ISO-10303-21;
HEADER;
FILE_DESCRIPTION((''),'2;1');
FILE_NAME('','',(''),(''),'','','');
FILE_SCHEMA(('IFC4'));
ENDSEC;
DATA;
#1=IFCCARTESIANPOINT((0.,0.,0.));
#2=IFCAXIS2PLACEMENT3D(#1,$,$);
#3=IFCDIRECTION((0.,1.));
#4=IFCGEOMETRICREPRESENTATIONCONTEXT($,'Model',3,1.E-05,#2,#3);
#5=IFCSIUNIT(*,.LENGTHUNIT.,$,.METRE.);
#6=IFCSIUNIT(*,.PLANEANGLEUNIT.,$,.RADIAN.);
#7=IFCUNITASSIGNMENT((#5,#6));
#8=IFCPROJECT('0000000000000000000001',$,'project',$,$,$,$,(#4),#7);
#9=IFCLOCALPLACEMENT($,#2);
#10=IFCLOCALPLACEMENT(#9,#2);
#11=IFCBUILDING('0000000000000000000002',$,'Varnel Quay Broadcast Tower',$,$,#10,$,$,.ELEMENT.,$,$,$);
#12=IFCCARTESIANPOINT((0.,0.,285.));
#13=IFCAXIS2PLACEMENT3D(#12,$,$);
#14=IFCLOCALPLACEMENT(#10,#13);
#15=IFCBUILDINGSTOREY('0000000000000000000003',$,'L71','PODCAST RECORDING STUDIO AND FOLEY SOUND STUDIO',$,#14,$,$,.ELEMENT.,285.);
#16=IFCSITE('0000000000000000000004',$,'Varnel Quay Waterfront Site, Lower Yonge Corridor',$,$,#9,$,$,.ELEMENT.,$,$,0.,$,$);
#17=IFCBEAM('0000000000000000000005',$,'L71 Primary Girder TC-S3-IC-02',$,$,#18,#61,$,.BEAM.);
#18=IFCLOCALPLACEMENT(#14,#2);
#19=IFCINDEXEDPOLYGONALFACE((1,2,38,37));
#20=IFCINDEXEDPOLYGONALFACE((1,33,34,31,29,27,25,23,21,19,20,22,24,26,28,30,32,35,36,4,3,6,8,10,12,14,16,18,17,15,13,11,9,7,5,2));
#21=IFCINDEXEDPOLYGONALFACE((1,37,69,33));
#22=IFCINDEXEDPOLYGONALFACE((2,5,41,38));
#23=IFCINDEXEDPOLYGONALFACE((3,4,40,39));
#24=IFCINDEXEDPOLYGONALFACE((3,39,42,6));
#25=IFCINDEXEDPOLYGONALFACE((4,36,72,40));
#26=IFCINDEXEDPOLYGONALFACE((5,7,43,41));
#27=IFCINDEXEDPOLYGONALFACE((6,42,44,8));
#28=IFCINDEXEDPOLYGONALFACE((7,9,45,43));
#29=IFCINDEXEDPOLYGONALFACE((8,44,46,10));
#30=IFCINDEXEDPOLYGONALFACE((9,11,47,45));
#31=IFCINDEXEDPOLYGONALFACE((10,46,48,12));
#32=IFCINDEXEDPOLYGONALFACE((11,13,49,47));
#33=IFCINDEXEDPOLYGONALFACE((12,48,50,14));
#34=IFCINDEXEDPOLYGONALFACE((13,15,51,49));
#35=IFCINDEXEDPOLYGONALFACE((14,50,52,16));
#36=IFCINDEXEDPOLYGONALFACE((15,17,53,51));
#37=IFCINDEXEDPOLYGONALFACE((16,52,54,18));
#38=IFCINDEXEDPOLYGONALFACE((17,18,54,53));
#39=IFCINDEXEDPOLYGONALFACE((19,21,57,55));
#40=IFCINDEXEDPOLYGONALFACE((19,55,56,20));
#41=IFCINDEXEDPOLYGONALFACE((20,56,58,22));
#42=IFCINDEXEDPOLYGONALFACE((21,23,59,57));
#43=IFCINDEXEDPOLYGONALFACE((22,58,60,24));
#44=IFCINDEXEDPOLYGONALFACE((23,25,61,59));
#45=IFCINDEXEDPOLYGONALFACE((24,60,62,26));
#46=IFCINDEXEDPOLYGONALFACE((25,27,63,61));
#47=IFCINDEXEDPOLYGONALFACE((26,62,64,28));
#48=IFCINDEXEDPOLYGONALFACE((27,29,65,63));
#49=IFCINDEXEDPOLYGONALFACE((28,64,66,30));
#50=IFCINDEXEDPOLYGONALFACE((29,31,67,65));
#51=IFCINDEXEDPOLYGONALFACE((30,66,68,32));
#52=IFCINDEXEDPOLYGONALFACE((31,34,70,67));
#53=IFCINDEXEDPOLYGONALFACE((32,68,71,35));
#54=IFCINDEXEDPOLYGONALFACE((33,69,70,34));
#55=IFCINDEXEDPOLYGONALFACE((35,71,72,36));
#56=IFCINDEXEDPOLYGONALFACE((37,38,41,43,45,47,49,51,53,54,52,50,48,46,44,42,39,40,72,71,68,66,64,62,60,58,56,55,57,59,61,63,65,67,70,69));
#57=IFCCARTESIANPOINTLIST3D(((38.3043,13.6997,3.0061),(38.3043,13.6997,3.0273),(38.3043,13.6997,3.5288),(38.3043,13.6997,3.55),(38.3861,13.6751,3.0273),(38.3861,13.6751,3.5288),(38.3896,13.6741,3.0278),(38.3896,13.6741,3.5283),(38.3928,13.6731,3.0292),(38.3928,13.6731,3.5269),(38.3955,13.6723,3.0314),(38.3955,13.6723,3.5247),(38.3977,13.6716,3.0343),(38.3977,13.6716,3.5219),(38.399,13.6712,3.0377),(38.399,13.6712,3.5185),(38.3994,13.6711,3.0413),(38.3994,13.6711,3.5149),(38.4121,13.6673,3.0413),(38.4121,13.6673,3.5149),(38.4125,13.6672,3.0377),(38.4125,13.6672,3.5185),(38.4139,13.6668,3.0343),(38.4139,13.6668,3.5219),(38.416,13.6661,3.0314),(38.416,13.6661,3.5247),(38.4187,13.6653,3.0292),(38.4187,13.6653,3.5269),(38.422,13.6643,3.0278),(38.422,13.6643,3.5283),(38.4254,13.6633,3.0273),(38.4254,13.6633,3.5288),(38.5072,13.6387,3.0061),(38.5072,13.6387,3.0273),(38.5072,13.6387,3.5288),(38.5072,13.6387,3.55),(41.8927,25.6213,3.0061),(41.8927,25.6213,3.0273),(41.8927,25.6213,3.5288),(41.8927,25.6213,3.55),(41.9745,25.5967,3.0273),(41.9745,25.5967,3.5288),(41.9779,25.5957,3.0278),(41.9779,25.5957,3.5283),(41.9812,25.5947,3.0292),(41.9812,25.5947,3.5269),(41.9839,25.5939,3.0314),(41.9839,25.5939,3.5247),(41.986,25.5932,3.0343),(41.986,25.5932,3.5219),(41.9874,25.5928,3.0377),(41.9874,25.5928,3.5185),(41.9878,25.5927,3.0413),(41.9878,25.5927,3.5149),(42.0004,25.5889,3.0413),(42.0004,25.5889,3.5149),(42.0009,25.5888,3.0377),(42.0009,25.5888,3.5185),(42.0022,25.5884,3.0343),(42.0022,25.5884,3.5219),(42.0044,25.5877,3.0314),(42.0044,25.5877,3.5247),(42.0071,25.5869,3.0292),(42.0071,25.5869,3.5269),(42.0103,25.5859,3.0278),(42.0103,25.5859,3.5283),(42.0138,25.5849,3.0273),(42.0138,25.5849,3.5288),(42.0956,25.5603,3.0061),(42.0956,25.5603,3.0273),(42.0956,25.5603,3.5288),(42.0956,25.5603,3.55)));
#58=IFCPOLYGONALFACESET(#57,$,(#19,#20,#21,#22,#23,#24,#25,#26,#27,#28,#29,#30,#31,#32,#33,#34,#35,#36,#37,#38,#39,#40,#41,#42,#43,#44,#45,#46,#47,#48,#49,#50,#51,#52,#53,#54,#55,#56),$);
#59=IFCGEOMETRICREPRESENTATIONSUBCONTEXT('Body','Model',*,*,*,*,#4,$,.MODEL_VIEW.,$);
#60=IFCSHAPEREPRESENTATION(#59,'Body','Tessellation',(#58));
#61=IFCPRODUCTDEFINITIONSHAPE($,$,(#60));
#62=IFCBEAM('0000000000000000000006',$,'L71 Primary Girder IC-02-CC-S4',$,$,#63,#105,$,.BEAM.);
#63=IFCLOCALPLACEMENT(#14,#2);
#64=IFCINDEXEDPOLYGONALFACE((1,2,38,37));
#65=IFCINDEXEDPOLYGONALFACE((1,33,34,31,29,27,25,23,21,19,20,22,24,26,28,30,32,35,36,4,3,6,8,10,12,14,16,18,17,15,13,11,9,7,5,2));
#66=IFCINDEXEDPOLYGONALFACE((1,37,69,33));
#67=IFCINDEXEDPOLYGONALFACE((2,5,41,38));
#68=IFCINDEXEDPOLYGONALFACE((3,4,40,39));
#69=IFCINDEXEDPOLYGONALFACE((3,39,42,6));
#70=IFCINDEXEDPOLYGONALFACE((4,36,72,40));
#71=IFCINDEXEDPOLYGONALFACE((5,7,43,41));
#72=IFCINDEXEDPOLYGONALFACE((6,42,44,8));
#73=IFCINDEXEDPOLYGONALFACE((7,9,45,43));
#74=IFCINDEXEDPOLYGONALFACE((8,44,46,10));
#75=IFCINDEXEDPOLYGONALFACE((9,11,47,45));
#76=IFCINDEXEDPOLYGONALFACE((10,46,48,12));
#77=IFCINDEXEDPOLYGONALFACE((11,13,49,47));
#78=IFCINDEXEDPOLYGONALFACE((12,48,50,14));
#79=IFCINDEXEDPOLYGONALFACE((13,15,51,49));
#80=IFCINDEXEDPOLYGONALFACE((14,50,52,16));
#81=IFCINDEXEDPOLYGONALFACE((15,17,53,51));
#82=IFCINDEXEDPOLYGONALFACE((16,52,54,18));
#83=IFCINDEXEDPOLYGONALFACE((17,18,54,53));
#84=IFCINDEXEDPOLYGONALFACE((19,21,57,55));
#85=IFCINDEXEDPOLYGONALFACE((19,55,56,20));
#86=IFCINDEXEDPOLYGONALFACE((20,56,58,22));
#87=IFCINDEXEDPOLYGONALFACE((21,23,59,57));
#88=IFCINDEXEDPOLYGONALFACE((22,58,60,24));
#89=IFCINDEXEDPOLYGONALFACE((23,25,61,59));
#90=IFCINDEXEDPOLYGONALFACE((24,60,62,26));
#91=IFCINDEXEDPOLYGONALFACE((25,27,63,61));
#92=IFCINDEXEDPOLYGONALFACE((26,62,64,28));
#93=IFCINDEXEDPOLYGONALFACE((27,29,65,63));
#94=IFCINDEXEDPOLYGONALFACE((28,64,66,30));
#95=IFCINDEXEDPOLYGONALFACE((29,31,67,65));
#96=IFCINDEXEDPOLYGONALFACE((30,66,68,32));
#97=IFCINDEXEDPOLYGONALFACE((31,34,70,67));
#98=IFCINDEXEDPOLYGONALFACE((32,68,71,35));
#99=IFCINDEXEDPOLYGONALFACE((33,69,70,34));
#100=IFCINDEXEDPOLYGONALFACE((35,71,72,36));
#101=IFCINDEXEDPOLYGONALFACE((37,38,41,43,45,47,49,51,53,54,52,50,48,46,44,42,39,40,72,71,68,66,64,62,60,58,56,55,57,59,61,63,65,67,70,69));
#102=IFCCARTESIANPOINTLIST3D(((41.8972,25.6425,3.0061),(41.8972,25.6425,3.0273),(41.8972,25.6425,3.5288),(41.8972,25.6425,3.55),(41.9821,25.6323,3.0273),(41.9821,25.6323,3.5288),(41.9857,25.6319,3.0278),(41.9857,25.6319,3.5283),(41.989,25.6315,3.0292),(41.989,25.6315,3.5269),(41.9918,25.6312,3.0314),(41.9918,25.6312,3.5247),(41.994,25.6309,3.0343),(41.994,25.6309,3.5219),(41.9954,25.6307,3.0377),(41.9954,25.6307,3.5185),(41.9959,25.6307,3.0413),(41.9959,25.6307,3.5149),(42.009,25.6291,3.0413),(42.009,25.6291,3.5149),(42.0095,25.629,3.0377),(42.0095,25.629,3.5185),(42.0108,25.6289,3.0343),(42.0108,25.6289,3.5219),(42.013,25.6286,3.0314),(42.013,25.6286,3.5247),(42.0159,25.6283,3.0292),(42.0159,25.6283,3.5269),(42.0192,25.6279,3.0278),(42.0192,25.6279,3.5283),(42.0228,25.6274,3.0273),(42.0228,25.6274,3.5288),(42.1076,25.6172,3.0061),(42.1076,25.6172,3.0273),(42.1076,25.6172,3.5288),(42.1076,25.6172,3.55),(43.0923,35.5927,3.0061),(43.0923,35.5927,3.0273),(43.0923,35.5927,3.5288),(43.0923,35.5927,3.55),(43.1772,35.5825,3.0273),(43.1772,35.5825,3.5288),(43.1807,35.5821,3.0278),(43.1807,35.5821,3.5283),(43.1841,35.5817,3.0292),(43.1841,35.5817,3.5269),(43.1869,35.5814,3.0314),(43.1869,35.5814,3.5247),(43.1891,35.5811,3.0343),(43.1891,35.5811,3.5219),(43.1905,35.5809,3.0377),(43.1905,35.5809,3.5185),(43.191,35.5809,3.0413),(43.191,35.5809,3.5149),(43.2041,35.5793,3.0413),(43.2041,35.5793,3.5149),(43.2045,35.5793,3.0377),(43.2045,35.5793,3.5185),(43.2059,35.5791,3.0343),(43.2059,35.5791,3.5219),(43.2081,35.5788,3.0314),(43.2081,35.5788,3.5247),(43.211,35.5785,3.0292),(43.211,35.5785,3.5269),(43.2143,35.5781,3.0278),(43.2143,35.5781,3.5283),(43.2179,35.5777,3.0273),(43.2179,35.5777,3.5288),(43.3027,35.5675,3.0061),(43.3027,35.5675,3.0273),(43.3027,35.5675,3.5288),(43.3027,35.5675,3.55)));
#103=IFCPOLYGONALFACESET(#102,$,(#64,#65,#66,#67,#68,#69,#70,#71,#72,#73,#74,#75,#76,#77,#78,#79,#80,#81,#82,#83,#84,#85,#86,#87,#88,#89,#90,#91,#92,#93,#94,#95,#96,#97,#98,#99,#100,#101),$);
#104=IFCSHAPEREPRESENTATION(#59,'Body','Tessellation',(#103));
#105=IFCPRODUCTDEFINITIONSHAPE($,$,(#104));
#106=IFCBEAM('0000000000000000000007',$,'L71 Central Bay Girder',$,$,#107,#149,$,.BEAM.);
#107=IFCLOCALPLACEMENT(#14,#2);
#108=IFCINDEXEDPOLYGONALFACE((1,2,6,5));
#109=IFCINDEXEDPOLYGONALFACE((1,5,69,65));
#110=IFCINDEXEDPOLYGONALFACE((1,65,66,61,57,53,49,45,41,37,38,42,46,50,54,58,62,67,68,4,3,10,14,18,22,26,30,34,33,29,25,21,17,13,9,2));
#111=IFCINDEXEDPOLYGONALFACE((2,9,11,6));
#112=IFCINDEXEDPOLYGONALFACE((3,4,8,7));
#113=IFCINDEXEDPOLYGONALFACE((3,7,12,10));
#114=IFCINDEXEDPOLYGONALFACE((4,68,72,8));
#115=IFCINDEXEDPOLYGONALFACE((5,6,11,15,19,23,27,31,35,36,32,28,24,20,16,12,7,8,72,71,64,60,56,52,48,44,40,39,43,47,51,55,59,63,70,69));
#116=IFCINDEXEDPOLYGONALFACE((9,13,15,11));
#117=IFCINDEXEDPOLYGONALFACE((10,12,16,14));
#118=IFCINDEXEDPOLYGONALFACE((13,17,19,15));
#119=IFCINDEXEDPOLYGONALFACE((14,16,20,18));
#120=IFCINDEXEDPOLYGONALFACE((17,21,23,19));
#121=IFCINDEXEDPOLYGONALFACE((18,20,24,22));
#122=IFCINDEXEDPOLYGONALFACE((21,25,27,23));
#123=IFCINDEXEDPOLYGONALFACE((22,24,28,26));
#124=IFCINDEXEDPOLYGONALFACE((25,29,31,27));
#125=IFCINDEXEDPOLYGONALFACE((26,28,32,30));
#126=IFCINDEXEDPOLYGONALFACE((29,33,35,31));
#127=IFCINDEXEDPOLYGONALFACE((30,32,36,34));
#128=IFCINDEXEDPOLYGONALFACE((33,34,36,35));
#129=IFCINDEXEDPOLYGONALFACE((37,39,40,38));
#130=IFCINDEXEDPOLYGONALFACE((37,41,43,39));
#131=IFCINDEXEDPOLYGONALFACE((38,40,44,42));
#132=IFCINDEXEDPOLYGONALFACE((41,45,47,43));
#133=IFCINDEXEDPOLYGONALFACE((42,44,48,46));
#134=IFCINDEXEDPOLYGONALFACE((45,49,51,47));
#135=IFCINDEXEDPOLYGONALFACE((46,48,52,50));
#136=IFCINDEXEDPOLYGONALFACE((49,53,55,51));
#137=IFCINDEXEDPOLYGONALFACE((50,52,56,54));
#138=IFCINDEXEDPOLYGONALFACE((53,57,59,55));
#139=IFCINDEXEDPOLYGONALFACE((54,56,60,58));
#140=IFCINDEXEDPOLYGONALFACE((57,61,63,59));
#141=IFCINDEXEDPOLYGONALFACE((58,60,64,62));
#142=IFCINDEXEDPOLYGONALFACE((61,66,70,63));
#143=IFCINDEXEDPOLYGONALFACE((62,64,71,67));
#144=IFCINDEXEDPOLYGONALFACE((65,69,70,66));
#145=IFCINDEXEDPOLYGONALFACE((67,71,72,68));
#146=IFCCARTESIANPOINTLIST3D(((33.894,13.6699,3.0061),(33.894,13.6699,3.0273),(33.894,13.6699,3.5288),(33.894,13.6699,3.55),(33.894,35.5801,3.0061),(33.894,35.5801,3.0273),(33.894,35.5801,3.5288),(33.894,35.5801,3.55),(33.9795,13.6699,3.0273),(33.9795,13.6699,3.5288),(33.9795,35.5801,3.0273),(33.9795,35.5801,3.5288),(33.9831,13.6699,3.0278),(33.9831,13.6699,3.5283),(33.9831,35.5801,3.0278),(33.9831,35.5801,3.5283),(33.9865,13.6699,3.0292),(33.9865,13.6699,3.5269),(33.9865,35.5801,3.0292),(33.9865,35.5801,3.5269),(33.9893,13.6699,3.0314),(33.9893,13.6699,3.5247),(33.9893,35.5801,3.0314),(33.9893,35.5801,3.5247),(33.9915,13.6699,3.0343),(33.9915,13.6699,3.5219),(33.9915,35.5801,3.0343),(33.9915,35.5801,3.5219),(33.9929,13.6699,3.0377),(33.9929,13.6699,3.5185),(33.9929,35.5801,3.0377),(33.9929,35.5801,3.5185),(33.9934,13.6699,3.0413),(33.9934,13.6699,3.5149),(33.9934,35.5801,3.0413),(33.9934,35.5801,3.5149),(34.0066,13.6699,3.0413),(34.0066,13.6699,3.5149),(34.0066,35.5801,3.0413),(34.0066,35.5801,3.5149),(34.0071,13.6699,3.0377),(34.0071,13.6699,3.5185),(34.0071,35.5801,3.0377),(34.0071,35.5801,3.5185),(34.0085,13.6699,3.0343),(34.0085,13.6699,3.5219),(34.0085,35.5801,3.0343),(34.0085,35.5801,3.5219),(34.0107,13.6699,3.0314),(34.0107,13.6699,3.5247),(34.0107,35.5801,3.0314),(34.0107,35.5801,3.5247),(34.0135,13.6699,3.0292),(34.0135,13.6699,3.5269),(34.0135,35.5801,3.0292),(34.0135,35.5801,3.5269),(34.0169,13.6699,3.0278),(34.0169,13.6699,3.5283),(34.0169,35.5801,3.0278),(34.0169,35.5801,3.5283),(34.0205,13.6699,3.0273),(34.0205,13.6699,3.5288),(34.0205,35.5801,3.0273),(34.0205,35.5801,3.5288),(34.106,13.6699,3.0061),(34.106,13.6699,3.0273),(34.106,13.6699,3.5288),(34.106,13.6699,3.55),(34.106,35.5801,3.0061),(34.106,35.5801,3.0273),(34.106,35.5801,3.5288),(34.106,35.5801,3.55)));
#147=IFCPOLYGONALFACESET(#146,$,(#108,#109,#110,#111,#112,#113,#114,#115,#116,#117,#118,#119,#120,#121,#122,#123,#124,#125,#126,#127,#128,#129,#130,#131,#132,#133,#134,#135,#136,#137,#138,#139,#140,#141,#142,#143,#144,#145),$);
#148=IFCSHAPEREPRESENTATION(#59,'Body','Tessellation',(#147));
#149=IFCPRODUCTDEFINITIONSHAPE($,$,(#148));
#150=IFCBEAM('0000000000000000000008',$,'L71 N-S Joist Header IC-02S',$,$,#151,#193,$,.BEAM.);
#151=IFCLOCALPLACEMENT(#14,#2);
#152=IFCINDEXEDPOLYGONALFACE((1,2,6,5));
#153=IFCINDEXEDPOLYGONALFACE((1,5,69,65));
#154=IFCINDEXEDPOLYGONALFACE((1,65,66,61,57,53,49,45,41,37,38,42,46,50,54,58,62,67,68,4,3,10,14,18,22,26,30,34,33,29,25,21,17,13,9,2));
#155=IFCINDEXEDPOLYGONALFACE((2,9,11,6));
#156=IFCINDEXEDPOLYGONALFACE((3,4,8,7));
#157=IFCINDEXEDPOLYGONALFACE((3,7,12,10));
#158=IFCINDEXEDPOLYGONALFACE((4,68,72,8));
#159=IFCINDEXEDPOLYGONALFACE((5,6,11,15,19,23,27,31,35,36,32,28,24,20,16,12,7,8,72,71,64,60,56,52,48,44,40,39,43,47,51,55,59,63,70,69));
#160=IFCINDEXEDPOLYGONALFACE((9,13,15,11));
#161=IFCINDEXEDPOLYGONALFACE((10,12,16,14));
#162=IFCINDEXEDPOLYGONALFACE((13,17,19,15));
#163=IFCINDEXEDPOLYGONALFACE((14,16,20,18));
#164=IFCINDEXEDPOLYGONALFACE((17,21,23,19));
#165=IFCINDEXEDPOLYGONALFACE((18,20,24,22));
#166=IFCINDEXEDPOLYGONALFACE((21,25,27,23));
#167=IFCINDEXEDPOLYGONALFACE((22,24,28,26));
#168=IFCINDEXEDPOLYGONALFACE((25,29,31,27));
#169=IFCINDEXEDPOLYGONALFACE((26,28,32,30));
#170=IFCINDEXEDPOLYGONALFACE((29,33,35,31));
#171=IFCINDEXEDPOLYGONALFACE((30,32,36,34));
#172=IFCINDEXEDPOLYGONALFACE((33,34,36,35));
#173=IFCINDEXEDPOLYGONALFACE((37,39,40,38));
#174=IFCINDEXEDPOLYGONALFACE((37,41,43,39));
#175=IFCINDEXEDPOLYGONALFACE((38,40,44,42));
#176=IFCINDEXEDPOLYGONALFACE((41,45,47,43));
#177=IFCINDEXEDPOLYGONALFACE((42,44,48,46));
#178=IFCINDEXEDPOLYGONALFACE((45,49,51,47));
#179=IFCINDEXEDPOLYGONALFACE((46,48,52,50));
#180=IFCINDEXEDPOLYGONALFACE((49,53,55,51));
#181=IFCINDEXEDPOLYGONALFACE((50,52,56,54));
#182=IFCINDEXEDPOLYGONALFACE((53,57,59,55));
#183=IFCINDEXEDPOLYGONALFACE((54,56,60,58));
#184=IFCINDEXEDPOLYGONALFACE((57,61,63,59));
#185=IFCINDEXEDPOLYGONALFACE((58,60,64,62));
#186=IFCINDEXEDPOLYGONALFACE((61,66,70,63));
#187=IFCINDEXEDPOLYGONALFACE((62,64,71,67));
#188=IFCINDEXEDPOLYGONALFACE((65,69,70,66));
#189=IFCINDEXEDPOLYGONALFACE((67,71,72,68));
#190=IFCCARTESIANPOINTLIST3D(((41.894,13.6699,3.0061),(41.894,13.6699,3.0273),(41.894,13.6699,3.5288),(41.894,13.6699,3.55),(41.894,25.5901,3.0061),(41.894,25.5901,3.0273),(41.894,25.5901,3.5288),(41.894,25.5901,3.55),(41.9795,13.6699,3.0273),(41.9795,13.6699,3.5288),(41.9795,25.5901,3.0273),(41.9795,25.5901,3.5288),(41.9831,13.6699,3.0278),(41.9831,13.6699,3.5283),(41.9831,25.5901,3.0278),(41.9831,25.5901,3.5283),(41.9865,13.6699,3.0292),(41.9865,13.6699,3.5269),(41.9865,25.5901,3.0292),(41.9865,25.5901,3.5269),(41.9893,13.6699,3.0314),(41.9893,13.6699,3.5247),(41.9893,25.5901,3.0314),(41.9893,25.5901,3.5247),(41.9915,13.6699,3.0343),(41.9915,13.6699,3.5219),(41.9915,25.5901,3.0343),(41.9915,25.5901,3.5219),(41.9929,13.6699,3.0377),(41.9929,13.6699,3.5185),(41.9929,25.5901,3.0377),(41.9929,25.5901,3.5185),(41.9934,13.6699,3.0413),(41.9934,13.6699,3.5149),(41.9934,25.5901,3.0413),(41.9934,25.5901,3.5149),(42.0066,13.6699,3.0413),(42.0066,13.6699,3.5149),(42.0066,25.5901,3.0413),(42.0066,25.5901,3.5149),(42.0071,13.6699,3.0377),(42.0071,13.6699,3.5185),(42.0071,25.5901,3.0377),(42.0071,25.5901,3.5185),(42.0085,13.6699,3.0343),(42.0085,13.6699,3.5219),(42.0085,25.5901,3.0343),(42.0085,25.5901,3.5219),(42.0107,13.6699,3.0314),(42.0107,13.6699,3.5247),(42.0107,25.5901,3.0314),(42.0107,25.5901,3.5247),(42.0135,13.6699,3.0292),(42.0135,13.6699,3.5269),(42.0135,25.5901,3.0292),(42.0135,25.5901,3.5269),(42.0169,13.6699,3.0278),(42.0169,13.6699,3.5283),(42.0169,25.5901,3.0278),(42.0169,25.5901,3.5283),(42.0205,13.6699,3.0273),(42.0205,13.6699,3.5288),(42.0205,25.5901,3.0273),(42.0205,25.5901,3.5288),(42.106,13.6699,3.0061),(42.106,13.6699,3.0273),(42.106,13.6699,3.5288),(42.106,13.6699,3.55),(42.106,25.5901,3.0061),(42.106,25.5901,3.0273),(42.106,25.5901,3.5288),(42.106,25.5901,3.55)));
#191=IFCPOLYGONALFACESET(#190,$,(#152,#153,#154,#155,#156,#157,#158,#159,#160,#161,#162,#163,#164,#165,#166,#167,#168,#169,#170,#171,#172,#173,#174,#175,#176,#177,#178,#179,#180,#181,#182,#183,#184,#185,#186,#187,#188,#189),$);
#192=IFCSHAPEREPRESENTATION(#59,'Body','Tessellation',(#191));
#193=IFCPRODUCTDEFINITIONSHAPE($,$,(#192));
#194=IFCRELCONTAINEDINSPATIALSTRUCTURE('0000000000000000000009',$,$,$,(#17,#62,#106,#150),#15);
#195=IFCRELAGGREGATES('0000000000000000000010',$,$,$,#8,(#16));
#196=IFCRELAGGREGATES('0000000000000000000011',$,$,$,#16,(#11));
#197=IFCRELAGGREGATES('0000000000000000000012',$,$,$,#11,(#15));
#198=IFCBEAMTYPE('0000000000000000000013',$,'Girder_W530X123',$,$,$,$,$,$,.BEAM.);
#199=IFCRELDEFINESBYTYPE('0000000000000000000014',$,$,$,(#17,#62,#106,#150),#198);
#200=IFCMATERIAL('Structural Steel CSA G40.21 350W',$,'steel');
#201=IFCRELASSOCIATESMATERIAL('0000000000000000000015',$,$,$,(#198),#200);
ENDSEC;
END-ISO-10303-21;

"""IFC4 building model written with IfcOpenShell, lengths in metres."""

from ifc_helpers import new_model, si_unit, direction, frame, origin, origin_2d, place, context, subcontext, project, spatial, i_section, extrude, source, transform, mapped, material, material_profile, profile_set, type_object, element, save


model = new_model("IFC4")

# Units and contexts
model_context = context("Model", 3, precision=1e-05, world=origin(), true_north=direction((0.0, 1.0)))
body_context = subcontext(model_context, "Body", "Model", "MODEL_VIEW")
ifc_project = project(units=[si_unit("LENGTHUNIT", "METRE"), si_unit("PLANEANGLEUNIT", "RADIAN")], contexts=[model_context])

# Site, building, storey
site_placement = place(None, origin())
site = spatial("IfcSite", under=ifc_project, at=site_placement, Name="Varnel Quay Waterfront Site, Lower Yonge Corridor", CompositionType="ELEMENT", RefElevation=0.0)
building_placement = place(site_placement, origin())
building = spatial("IfcBuilding", under=site, at=building_placement, Name="Varnel Quay Broadcast Tower", CompositionType="ELEMENT")
storey_placement = place(building_placement, frame((0.0, 0.0, 285.0)))
storey = spatial("IfcBuildingStorey", under=building, at=storey_placement, Name="L71", Description="PODCAST RECORDING STUDIO AND FOLEY SOUND STUDIO", CompositionType="ELEMENT", Elevation=285.0)

# Shared definitions
ifc_material_1 = material(Name="Structural Steel CSA G40.21 350W", Category="steel")

# Beams
ifc_material_profile_1 = material_profile(ifc_material_1, i_section(OverallWidth=0.2119, OverallDepth=0.5439, WebThickness=0.0132, FlangeThickness=0.0212, FilletRadius=0.0139, at=origin_2d()), Name="W530X123")
ifc_profile_set_1 = profile_set([ifc_material_profile_1], Name="Structural Steel CSA G40.21 350W")
beam_type_1 = type_object("IfcBeamType", Name="Girder_W530X123", PredefinedType="BEAM", material=ifc_profile_set_1)
shared_shape_1 = source(origin(), body_context, "Body", "SweptSolid", [
    extrude(i_section(OverallWidth=0.2119, OverallDepth=0.5439, WebThickness=0.0132, FlangeThickness=0.0212, FilletRadius=0.0139, at=origin_2d()), origin(), (0.0, 0.0, 1.0), 12.45),
])
beam_1_placement = place(storey_placement, frame((38.4058, 13.6692, 3.2781), z_axis=(0.288224, 0.957563, 0.0), x_axis=(-0.957563, 0.288224, 0.0)))
element("IfcBeam", 1, at=beam_1_placement, inside=storey, type_object=beam_type_1, Name="L71 Primary Girder TC-S3-IC-02", PredefinedType="BEAM", context=body_context, shape_type="MappedRepresentation", body=[
    mapped(shared_shape_1, transform((0.0, 0.0, 0.0), x_axis=(1.0, 0.0, 0.0), y_axis=(0.0, 1.0, 0.0), z_axis=(0.0, 0.0, 1.0), scale=1.0)),
])
shared_shape_2 = source(origin(), body_context, "Body", "SweptSolid", [
    extrude(i_section(OverallWidth=0.2119, OverallDepth=0.5439, WebThickness=0.0132, FlangeThickness=0.0212, FilletRadius=0.0139, at=origin_2d()), origin(), (0.0, 0.0, 1.0), 10.0217),
])
beam_2_placement = place(storey_placement, frame((42.0024, 25.6299, 3.2781), z_axis=(0.119248, 0.992864, 0.0), x_axis=(-0.992864, 0.119248, 0.0)))
element("IfcBeam", 2, at=beam_2_placement, inside=storey, type_object=beam_type_1, Name="L71 Primary Girder IC-02-CC-S4", PredefinedType="BEAM", context=body_context, shape_type="MappedRepresentation", body=[
    mapped(shared_shape_2, transform((0.0, 0.0, 0.0), x_axis=(1.0, 0.0, 0.0), y_axis=(0.0, 1.0, 0.0), z_axis=(0.0, 0.0, 1.0), scale=1.0)),
])
shared_shape_3 = source(origin(), body_context, "Body", "SweptSolid", [
    extrude(i_section(OverallWidth=0.2119, OverallDepth=0.5439, WebThickness=0.0132, FlangeThickness=0.0212, FilletRadius=0.0139, at=origin_2d()), origin(), (0.0, 0.0, 1.0), 21.9102),
])
beam_3_placement = place(storey_placement, frame((34.0, 13.6699, 3.2781), z_axis=(0.0, 1.0, 0.0), x_axis=(-1.0, 0.0, 0.0)))
element("IfcBeam", 3, at=beam_3_placement, inside=storey, type_object=beam_type_1, Name="L71 Central Bay Girder", PredefinedType="BEAM", context=body_context, shape_type="MappedRepresentation", body=[
    mapped(shared_shape_3, transform((0.0, 0.0, 0.0), x_axis=(1.0, 0.0, 0.0), y_axis=(0.0, 1.0, 0.0), z_axis=(0.0, 0.0, 1.0), scale=1.0)),
])
shared_shape_4 = source(origin(), body_context, "Body", "SweptSolid", [
    extrude(i_section(OverallWidth=0.2119, OverallDepth=0.5439, WebThickness=0.0132, FlangeThickness=0.0212, FilletRadius=0.0139, at=origin_2d()), origin(), (0.0, 0.0, 1.0), 11.9202),
])
beam_4_placement = place(storey_placement, frame((42.0, 13.6699, 3.2781), z_axis=(0.0, 1.0, 0.0), x_axis=(-1.0, 0.0, 0.0)))
element("IfcBeam", 4, at=beam_4_placement, inside=storey, type_object=beam_type_1, Name="L71 N-S Joist Header IC-02S", PredefinedType="BEAM", context=body_context, shape_type="MappedRepresentation", body=[
    mapped(shared_shape_4, transform((0.0, 0.0, 0.0), x_axis=(1.0, 0.0, 0.0), y_axis=(0.0, 1.0, 0.0), z_axis=(0.0, 0.0, 1.0), scale=1.0)),
])

save(model, "model.ifc")
